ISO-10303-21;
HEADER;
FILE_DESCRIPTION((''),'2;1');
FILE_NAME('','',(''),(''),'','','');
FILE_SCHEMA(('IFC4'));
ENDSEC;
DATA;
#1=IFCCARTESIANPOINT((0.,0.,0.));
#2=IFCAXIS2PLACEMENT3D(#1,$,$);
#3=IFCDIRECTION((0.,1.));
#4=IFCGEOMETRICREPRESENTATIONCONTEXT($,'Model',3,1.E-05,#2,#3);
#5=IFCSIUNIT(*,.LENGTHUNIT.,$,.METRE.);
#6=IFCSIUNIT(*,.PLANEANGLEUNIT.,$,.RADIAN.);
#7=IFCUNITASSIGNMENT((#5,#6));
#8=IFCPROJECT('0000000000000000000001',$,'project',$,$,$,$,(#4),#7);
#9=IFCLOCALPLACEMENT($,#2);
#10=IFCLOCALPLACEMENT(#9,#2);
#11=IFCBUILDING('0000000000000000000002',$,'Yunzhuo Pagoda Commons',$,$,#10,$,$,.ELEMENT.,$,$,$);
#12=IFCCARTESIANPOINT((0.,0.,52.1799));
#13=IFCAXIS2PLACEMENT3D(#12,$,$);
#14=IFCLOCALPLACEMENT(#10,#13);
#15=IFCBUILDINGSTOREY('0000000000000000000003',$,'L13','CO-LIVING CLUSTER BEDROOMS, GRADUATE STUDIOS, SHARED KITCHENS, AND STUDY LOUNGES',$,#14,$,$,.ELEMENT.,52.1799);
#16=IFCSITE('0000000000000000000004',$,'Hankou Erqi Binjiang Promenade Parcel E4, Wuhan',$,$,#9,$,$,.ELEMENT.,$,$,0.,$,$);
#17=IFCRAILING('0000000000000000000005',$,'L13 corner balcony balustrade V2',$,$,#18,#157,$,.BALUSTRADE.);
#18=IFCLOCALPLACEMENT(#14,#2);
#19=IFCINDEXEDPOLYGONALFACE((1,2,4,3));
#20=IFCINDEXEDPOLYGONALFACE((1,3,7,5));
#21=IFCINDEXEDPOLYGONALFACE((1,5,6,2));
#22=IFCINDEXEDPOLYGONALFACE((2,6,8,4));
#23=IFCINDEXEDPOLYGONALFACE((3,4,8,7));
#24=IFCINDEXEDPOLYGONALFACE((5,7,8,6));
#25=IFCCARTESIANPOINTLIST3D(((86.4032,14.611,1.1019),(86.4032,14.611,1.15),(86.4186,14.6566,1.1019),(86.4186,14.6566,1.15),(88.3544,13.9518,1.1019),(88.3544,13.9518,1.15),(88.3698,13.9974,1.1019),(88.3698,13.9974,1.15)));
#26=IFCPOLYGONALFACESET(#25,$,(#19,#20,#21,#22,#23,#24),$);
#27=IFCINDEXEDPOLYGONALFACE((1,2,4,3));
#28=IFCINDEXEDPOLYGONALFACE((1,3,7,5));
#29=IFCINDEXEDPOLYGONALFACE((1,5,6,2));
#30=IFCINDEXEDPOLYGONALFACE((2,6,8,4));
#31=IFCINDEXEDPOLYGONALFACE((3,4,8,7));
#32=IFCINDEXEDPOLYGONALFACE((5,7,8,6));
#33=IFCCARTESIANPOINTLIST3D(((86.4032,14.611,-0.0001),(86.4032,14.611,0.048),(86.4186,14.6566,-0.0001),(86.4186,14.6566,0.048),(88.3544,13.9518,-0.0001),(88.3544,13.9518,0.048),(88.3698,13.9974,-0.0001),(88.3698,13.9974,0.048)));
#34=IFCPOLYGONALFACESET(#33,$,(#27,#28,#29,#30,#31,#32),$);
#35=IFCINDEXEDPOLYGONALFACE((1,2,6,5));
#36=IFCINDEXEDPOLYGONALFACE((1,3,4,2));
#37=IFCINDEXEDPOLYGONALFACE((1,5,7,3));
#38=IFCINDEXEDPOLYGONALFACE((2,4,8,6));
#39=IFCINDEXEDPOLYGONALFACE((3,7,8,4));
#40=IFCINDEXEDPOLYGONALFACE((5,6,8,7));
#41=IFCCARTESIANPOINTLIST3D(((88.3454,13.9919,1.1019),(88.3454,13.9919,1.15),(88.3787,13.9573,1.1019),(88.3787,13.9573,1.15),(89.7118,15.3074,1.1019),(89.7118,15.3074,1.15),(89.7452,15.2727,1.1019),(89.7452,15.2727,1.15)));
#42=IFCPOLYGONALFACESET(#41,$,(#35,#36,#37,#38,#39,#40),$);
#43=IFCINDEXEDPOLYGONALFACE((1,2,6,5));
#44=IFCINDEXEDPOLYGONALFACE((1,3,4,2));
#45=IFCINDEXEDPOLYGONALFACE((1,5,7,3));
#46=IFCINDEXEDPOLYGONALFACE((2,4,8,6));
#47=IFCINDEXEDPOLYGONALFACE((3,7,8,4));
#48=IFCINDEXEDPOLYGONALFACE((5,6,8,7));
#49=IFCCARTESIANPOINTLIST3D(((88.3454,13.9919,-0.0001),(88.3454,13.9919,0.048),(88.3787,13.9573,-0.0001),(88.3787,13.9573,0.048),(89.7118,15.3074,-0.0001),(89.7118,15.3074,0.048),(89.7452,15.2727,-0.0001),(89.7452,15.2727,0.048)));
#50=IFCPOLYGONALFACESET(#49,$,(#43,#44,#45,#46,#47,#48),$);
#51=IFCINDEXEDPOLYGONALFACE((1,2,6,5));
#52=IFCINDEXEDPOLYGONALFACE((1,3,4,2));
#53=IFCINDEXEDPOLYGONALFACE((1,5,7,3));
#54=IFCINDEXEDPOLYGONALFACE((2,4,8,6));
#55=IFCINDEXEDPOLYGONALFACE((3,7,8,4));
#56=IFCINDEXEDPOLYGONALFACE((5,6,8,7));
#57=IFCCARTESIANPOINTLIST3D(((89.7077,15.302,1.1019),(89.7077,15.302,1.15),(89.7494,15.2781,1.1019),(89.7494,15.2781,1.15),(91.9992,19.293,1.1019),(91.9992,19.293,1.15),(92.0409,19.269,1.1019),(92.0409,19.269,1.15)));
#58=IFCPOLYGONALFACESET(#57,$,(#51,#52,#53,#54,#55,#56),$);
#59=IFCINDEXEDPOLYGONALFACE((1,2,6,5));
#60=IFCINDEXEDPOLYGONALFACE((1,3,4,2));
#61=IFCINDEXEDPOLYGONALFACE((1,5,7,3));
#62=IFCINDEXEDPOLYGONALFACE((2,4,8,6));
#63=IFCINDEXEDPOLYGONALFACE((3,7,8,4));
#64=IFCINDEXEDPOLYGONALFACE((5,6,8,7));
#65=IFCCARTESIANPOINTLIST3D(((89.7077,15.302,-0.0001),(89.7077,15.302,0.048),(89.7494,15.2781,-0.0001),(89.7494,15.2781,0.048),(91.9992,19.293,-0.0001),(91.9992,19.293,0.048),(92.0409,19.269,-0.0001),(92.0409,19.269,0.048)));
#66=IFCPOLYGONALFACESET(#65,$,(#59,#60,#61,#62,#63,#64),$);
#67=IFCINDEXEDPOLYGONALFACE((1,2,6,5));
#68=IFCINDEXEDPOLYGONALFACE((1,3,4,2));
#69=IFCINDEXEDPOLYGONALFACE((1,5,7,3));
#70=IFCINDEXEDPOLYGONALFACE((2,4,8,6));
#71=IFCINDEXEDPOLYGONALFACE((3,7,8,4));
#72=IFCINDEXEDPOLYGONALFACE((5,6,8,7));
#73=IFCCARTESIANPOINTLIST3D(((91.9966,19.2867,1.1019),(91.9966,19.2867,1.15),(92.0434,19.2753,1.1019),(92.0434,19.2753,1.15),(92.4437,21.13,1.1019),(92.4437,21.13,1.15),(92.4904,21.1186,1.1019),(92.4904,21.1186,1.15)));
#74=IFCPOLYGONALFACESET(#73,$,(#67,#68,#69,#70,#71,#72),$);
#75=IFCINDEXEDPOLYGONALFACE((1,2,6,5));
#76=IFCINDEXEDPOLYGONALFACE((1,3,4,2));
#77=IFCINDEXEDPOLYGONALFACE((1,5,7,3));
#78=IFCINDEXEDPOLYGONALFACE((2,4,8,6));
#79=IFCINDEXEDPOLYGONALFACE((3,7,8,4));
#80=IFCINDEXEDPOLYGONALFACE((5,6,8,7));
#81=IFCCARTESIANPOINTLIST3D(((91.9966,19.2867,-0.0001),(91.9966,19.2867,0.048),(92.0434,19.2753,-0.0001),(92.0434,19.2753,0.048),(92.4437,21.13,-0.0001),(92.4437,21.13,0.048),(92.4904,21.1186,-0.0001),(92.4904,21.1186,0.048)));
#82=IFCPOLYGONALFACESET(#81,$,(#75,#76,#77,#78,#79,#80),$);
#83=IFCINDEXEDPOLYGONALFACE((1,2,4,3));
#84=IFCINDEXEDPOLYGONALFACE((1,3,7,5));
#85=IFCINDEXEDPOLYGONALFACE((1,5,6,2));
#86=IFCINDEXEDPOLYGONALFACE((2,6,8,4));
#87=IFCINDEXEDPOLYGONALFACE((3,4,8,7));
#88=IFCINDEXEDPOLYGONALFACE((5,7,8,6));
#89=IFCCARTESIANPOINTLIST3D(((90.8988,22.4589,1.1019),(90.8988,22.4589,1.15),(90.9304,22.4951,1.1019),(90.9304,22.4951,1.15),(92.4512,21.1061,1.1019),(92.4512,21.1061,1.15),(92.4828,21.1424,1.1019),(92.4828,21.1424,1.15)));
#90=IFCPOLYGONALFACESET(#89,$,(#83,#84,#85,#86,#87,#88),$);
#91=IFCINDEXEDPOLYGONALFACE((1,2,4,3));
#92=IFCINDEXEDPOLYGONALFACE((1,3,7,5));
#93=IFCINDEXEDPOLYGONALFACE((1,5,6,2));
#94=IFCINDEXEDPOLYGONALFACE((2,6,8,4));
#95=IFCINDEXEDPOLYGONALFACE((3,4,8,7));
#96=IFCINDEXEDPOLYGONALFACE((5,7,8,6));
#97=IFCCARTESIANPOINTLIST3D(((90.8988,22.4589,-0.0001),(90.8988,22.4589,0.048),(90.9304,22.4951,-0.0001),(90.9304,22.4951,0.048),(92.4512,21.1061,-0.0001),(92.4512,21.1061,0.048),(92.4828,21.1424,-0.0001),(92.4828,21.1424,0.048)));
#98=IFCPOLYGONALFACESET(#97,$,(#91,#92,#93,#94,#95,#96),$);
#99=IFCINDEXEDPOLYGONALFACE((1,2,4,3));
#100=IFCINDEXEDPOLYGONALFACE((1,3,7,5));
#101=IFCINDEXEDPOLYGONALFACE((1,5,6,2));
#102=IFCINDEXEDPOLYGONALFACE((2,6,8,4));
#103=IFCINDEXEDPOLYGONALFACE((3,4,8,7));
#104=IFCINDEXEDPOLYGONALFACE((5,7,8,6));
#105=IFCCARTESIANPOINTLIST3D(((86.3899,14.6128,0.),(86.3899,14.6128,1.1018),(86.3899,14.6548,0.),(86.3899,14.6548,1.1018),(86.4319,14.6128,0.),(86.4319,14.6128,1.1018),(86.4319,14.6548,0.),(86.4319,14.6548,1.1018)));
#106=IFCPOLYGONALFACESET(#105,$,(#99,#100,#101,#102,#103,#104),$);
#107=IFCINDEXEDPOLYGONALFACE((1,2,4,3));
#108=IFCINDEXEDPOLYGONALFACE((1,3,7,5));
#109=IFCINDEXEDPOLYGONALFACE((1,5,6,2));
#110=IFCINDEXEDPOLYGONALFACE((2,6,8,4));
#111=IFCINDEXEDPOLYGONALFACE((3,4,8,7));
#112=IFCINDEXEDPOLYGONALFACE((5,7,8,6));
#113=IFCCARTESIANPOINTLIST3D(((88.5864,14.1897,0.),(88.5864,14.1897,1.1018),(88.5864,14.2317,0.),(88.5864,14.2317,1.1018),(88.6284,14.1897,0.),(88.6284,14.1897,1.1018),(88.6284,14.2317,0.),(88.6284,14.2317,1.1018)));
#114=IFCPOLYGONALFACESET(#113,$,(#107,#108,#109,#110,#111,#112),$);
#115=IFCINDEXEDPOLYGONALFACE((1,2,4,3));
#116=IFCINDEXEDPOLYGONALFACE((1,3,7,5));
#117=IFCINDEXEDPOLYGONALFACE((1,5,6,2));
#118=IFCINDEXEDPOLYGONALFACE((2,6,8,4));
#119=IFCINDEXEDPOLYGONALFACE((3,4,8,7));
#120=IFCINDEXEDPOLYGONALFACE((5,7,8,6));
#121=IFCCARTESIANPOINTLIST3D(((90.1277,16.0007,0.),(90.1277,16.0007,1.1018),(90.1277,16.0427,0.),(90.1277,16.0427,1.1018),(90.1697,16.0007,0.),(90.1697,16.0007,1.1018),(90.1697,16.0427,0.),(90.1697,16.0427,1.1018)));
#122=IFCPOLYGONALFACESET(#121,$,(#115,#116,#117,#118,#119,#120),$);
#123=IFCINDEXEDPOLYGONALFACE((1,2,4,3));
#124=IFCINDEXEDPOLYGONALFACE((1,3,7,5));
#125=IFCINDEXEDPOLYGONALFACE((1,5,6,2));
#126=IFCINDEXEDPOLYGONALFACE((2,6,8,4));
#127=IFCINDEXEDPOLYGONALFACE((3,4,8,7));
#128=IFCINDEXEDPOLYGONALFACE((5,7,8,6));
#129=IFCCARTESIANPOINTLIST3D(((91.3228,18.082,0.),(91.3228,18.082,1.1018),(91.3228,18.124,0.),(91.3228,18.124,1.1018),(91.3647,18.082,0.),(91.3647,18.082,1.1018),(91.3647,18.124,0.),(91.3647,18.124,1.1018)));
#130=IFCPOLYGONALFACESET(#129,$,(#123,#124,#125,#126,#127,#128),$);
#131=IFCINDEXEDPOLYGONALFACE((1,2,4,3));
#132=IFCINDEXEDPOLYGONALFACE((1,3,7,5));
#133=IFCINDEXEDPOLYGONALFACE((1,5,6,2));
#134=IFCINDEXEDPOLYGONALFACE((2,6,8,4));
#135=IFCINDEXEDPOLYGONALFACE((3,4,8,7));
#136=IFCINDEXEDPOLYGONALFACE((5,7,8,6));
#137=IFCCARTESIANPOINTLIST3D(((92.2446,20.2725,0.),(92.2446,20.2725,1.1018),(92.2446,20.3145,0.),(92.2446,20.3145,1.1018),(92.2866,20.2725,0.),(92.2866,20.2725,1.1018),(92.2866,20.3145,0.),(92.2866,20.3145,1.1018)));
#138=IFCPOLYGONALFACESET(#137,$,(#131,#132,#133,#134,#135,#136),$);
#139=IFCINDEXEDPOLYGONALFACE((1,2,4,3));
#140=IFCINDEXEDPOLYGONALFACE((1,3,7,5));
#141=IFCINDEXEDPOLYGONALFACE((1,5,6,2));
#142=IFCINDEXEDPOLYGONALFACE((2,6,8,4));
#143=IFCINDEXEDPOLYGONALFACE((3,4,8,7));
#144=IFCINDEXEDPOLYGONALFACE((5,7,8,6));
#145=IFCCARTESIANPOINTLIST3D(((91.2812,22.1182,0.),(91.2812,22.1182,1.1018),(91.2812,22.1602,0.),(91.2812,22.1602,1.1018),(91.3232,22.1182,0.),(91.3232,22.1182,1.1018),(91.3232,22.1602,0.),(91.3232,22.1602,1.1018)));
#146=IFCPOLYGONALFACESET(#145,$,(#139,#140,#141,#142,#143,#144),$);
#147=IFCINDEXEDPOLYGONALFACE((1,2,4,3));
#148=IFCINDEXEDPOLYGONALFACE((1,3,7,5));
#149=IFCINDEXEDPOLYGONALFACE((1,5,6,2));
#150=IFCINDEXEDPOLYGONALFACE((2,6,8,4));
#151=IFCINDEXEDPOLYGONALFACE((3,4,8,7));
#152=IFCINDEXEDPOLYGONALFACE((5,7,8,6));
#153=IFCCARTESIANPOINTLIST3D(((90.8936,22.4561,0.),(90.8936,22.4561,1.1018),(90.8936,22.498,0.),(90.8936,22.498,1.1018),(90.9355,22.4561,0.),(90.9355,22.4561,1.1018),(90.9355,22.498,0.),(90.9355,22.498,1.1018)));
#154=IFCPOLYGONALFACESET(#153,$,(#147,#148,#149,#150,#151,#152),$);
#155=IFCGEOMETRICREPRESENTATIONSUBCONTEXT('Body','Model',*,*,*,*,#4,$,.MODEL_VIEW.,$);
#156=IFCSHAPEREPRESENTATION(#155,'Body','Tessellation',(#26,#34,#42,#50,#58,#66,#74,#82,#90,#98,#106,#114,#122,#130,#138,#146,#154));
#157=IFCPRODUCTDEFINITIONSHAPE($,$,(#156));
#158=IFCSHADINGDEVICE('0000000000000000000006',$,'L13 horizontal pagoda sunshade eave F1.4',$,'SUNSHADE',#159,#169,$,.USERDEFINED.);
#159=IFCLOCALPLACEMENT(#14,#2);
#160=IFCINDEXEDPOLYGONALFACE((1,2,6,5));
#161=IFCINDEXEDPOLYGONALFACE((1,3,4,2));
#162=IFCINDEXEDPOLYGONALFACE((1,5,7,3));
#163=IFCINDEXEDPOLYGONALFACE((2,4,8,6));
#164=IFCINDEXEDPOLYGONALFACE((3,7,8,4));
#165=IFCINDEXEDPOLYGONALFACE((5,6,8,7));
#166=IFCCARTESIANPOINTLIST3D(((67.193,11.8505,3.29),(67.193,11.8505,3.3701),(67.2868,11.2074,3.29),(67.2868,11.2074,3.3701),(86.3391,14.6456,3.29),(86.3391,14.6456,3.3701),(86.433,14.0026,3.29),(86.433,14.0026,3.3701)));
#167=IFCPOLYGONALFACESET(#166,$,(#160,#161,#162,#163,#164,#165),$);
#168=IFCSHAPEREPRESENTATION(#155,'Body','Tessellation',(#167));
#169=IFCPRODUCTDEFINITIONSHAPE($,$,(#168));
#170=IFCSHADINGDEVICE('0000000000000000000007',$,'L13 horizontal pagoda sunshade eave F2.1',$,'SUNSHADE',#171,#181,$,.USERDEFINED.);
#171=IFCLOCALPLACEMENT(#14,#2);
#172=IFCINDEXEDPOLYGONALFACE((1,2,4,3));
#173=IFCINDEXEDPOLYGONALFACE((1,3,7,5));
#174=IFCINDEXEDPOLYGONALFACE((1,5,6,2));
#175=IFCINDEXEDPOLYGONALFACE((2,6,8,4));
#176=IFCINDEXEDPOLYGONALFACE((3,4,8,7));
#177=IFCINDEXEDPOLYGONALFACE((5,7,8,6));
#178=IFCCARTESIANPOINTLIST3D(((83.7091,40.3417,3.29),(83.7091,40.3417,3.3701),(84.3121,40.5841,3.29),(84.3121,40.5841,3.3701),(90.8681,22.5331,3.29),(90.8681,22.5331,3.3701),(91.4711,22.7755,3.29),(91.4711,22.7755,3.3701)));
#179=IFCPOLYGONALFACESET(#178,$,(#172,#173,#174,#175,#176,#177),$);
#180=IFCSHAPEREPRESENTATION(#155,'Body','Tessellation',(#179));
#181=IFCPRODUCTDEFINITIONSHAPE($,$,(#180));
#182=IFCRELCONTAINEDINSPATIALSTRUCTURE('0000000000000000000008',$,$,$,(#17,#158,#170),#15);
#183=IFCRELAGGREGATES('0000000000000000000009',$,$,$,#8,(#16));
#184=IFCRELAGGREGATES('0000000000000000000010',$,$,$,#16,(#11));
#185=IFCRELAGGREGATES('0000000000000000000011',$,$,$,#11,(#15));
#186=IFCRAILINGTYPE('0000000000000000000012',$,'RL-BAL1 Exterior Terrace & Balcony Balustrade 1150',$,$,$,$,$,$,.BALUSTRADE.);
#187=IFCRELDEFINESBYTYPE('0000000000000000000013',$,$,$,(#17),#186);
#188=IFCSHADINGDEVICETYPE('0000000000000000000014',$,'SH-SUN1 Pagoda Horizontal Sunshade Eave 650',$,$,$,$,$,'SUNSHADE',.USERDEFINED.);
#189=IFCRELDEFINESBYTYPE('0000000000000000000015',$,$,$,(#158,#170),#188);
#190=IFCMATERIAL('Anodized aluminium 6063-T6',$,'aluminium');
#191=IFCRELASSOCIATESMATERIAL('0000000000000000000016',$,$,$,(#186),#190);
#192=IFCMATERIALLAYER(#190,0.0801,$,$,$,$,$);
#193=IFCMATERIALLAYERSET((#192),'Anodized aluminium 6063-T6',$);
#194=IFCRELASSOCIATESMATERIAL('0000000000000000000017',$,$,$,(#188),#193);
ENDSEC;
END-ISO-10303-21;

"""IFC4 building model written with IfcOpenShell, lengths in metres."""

from ifc_helpers import new_model, si_unit, direction, frame, origin, origin_2d, place, context, subcontext, project, spatial, rectangle, extrude, source, transform, mapped, material, layer, layer_set, type_object, element, save


model = new_model("IFC4")

# Units and contexts
model_context = context("Model", 3, precision=1e-05, world=origin(), true_north=direction((0.0, 1.0)))
body_context = subcontext(model_context, "Body", "Model", "MODEL_VIEW")
ifc_project = project(units=[si_unit("LENGTHUNIT", "METRE"), si_unit("PLANEANGLEUNIT", "RADIAN")], contexts=[model_context])

# Site, building, storey
site_placement = place(None, origin())
site = spatial("IfcSite", under=ifc_project, at=site_placement, Name="Hankou Erqi Binjiang Promenade Parcel E4, Wuhan", CompositionType="ELEMENT", RefElevation=0.0)
building_placement = place(site_placement, origin())
building = spatial("IfcBuilding", under=site, at=building_placement, Name="Yunzhuo Pagoda Commons", CompositionType="ELEMENT")
storey_placement = place(building_placement, frame((0.0, 0.0, 52.1799)))
storey = spatial("IfcBuildingStorey", under=building, at=storey_placement, Name="L13", Description="CO-LIVING CLUSTER BEDROOMS, GRADUATE STUDIOS, SHARED KITCHENS, AND STUDY LOUNGES", CompositionType="ELEMENT", Elevation=52.1799)

# Shared definitions
ifc_material_1 = material(Name="Anodized aluminium 6063-T6", Category="aluminium")

# Railing
railing_type = type_object("IfcRailingType", Name="RL-BAL1 Exterior Terrace & Balcony Balustrade 1150", PredefinedType="BALUSTRADE", material=ifc_material_1)
railing_placement = place(storey_placement, frame((86.4109, 14.6338, 0.0)))
element("IfcRailing", 1, at=railing_placement, inside=storey, type_object=railing_type, Name="L13 corner balcony balustrade V2", PredefinedType="BALUSTRADE", context=body_context, shape_type="SweptSolid", body=[
    extrude(rectangle(XDim=0.0481, YDim=0.0481, at=origin_2d()), frame((0.0, 0.0, 1.126), z_axis=(0.947395, -0.320066, 0.0), x_axis=(0.320066, 0.947395, 0.0)), (0.0, 0.0, 1.0), 2.0596),
    extrude(rectangle(XDim=0.0481, YDim=0.0481, at=origin_2d()), frame((0.0, 0.0, 0.0239), z_axis=(0.947395, -0.320066, 0.0), x_axis=(0.320066, 0.947395, 0.0)), (0.0, 0.0, 1.0), 2.0596),
    extrude(rectangle(XDim=0.0481, YDim=0.0481, at=origin_2d()), frame((1.9512, -0.6592, 1.126), z_axis=(0.72043, 0.693528, 0.0), x_axis=(-0.693528, 0.72043, 0.0)), (0.0, 0.0, 1.0), 1.8967),
    extrude(rectangle(XDim=0.0481, YDim=0.0481, at=origin_2d()), frame((1.9512, -0.6592, 0.0239), z_axis=(0.72043, 0.693528, 0.0), x_axis=(-0.693528, 0.72043, 0.0)), (0.0, 0.0, 1.0), 1.8967),
    extrude(rectangle(XDim=0.0481, YDim=0.0481, at=origin_2d()), frame((3.3176, 0.6562, 1.126), z_axis=(0.497932, 0.867216, 0.0), x_axis=(-0.867216, 0.497932, 0.0)), (0.0, 0.0, 1.0), 4.6021),
    extrude(rectangle(XDim=0.0481, YDim=0.0481, at=origin_2d()), frame((3.3176, 0.6562, 0.0239), z_axis=(0.497932, 0.867216, 0.0), x_axis=(-0.867216, 0.497932, 0.0)), (0.0, 0.0, 1.0), 4.6021),
    extrude(rectangle(XDim=0.0481, YDim=0.0481, at=origin_2d()), frame((5.6091, 4.6472, 1.126), z_axis=(0.235685, 0.97183, 0.0), x_axis=(-0.97183, 0.235685, 0.0)), (0.0, 0.0, 1.0), 1.8967),
    extrude(rectangle(XDim=0.0481, YDim=0.0481, at=origin_2d()), frame((5.6091, 4.6472, 0.0239), z_axis=(0.235685, 0.97183, 0.0), x_axis=(-0.97183, 0.235685, 0.0)), (0.0, 0.0, 1.0), 1.8967),
    extrude(rectangle(XDim=0.0481, YDim=0.0481, at=origin_2d()), frame((6.0562, 6.4905, 1.126), z_axis=(-0.753934, 0.65695, 0.0), x_axis=(-0.65695, -0.753934, 0.0)), (0.0, 0.0, 1.0), 2.0591),
    extrude(rectangle(XDim=0.0481, YDim=0.0481, at=origin_2d()), frame((6.0562, 6.4905, 0.0239), z_axis=(-0.753934, 0.65695, 0.0), x_axis=(-0.65695, -0.753934, 0.0)), (0.0, 0.0, 1.0), 2.0591),
    extrude(rectangle(XDim=0.042, YDim=0.042, at=origin_2d()), origin(), (0.0, 0.0, 1.0), 1.1018),
    extrude(rectangle(XDim=0.042, YDim=0.042, at=origin_2d()), frame((2.1965, -0.4231, 0.0)), (0.0, 0.0, 1.0), 1.1018),
    extrude(rectangle(XDim=0.042, YDim=0.042, at=origin_2d()), frame((3.7378, 1.3879, 0.0)), (0.0, 0.0, 1.0), 1.1018),
    extrude(rectangle(XDim=0.042, YDim=0.042, at=origin_2d()), frame((4.9329, 3.4692, 0.0)), (0.0, 0.0, 1.0), 1.1018),
    extrude(rectangle(XDim=0.042, YDim=0.042, at=origin_2d()), frame((5.8547, 5.6597, 0.0)), (0.0, 0.0, 1.0), 1.1018),
    extrude(rectangle(XDim=0.042, YDim=0.042, at=origin_2d()), frame((4.8914, 7.5054, 0.0)), (0.0, 0.0, 1.0), 1.1018),
    extrude(rectangle(XDim=0.042, YDim=0.042, at=origin_2d()), frame((4.5037, 7.8433, 0.0)), (0.0, 0.0, 1.0), 1.1018),
])

# Shading devices
ifc_layer_1 = layer(ifc_material_1, 0.0801)
ifc_layer_set_1 = layer_set([ifc_layer_1], Name="Anodized aluminium 6063-T6")
shading_device_type = type_object("IfcShadingDeviceType", Name="SH-SUN1 Pagoda Horizontal Sunshade Eave 650", ElementType="SUNSHADE", PredefinedType="USERDEFINED", material=ifc_layer_set_1)
shared_shape_1 = source(origin(), body_context, "Body", "SweptSolid", [
    extrude(rectangle(XDim=19.3491, YDim=0.6499, at=origin_2d()), origin(), (0.0, 0.0, 1.0), 0.0801),
])
shading_device_1_placement = place(storey_placement, frame((76.813, 12.9265, 3.29), z_axis=(0.0, 0.0, 1.0), x_axis=(0.989511, 0.14446, 0.0)))
element("IfcShadingDevice", 2, at=shading_device_1_placement, inside=storey, type_object=shading_device_type, Name="L13 horizontal pagoda sunshade eave F1.4", ObjectType="SUNSHADE", PredefinedType="USERDEFINED", context=body_context, shape_type="MappedRepresentation", body=[
    mapped(shared_shape_1, transform((0.0, 0.0, 0.0), scale=1.0)),
])
shared_shape_2 = source(origin(), body_context, "Body", "SweptSolid", [
    extrude(rectangle(XDim=19.1936, YDim=0.6499, at=origin_2d()), origin(), (0.0, 0.0, 1.0), 0.0801),
])
shading_device_2_placement = place(storey_placement, frame((87.5901, 31.5586, 3.29), z_axis=(0.0, 0.0, 1.0), x_axis=(-0.372988, 0.927836, 0.0)))
element("IfcShadingDevice", 3, at=shading_device_2_placement, inside=storey, type_object=shading_device_type, Name="L13 horizontal pagoda sunshade eave F2.1", ObjectType="SUNSHADE", PredefinedType="USERDEFINED", context=body_context, shape_type="MappedRepresentation", body=[
    mapped(shared_shape_2, transform((0.0, 0.0, 0.0), scale=1.0)),
])

save(model, "model.ifc")
